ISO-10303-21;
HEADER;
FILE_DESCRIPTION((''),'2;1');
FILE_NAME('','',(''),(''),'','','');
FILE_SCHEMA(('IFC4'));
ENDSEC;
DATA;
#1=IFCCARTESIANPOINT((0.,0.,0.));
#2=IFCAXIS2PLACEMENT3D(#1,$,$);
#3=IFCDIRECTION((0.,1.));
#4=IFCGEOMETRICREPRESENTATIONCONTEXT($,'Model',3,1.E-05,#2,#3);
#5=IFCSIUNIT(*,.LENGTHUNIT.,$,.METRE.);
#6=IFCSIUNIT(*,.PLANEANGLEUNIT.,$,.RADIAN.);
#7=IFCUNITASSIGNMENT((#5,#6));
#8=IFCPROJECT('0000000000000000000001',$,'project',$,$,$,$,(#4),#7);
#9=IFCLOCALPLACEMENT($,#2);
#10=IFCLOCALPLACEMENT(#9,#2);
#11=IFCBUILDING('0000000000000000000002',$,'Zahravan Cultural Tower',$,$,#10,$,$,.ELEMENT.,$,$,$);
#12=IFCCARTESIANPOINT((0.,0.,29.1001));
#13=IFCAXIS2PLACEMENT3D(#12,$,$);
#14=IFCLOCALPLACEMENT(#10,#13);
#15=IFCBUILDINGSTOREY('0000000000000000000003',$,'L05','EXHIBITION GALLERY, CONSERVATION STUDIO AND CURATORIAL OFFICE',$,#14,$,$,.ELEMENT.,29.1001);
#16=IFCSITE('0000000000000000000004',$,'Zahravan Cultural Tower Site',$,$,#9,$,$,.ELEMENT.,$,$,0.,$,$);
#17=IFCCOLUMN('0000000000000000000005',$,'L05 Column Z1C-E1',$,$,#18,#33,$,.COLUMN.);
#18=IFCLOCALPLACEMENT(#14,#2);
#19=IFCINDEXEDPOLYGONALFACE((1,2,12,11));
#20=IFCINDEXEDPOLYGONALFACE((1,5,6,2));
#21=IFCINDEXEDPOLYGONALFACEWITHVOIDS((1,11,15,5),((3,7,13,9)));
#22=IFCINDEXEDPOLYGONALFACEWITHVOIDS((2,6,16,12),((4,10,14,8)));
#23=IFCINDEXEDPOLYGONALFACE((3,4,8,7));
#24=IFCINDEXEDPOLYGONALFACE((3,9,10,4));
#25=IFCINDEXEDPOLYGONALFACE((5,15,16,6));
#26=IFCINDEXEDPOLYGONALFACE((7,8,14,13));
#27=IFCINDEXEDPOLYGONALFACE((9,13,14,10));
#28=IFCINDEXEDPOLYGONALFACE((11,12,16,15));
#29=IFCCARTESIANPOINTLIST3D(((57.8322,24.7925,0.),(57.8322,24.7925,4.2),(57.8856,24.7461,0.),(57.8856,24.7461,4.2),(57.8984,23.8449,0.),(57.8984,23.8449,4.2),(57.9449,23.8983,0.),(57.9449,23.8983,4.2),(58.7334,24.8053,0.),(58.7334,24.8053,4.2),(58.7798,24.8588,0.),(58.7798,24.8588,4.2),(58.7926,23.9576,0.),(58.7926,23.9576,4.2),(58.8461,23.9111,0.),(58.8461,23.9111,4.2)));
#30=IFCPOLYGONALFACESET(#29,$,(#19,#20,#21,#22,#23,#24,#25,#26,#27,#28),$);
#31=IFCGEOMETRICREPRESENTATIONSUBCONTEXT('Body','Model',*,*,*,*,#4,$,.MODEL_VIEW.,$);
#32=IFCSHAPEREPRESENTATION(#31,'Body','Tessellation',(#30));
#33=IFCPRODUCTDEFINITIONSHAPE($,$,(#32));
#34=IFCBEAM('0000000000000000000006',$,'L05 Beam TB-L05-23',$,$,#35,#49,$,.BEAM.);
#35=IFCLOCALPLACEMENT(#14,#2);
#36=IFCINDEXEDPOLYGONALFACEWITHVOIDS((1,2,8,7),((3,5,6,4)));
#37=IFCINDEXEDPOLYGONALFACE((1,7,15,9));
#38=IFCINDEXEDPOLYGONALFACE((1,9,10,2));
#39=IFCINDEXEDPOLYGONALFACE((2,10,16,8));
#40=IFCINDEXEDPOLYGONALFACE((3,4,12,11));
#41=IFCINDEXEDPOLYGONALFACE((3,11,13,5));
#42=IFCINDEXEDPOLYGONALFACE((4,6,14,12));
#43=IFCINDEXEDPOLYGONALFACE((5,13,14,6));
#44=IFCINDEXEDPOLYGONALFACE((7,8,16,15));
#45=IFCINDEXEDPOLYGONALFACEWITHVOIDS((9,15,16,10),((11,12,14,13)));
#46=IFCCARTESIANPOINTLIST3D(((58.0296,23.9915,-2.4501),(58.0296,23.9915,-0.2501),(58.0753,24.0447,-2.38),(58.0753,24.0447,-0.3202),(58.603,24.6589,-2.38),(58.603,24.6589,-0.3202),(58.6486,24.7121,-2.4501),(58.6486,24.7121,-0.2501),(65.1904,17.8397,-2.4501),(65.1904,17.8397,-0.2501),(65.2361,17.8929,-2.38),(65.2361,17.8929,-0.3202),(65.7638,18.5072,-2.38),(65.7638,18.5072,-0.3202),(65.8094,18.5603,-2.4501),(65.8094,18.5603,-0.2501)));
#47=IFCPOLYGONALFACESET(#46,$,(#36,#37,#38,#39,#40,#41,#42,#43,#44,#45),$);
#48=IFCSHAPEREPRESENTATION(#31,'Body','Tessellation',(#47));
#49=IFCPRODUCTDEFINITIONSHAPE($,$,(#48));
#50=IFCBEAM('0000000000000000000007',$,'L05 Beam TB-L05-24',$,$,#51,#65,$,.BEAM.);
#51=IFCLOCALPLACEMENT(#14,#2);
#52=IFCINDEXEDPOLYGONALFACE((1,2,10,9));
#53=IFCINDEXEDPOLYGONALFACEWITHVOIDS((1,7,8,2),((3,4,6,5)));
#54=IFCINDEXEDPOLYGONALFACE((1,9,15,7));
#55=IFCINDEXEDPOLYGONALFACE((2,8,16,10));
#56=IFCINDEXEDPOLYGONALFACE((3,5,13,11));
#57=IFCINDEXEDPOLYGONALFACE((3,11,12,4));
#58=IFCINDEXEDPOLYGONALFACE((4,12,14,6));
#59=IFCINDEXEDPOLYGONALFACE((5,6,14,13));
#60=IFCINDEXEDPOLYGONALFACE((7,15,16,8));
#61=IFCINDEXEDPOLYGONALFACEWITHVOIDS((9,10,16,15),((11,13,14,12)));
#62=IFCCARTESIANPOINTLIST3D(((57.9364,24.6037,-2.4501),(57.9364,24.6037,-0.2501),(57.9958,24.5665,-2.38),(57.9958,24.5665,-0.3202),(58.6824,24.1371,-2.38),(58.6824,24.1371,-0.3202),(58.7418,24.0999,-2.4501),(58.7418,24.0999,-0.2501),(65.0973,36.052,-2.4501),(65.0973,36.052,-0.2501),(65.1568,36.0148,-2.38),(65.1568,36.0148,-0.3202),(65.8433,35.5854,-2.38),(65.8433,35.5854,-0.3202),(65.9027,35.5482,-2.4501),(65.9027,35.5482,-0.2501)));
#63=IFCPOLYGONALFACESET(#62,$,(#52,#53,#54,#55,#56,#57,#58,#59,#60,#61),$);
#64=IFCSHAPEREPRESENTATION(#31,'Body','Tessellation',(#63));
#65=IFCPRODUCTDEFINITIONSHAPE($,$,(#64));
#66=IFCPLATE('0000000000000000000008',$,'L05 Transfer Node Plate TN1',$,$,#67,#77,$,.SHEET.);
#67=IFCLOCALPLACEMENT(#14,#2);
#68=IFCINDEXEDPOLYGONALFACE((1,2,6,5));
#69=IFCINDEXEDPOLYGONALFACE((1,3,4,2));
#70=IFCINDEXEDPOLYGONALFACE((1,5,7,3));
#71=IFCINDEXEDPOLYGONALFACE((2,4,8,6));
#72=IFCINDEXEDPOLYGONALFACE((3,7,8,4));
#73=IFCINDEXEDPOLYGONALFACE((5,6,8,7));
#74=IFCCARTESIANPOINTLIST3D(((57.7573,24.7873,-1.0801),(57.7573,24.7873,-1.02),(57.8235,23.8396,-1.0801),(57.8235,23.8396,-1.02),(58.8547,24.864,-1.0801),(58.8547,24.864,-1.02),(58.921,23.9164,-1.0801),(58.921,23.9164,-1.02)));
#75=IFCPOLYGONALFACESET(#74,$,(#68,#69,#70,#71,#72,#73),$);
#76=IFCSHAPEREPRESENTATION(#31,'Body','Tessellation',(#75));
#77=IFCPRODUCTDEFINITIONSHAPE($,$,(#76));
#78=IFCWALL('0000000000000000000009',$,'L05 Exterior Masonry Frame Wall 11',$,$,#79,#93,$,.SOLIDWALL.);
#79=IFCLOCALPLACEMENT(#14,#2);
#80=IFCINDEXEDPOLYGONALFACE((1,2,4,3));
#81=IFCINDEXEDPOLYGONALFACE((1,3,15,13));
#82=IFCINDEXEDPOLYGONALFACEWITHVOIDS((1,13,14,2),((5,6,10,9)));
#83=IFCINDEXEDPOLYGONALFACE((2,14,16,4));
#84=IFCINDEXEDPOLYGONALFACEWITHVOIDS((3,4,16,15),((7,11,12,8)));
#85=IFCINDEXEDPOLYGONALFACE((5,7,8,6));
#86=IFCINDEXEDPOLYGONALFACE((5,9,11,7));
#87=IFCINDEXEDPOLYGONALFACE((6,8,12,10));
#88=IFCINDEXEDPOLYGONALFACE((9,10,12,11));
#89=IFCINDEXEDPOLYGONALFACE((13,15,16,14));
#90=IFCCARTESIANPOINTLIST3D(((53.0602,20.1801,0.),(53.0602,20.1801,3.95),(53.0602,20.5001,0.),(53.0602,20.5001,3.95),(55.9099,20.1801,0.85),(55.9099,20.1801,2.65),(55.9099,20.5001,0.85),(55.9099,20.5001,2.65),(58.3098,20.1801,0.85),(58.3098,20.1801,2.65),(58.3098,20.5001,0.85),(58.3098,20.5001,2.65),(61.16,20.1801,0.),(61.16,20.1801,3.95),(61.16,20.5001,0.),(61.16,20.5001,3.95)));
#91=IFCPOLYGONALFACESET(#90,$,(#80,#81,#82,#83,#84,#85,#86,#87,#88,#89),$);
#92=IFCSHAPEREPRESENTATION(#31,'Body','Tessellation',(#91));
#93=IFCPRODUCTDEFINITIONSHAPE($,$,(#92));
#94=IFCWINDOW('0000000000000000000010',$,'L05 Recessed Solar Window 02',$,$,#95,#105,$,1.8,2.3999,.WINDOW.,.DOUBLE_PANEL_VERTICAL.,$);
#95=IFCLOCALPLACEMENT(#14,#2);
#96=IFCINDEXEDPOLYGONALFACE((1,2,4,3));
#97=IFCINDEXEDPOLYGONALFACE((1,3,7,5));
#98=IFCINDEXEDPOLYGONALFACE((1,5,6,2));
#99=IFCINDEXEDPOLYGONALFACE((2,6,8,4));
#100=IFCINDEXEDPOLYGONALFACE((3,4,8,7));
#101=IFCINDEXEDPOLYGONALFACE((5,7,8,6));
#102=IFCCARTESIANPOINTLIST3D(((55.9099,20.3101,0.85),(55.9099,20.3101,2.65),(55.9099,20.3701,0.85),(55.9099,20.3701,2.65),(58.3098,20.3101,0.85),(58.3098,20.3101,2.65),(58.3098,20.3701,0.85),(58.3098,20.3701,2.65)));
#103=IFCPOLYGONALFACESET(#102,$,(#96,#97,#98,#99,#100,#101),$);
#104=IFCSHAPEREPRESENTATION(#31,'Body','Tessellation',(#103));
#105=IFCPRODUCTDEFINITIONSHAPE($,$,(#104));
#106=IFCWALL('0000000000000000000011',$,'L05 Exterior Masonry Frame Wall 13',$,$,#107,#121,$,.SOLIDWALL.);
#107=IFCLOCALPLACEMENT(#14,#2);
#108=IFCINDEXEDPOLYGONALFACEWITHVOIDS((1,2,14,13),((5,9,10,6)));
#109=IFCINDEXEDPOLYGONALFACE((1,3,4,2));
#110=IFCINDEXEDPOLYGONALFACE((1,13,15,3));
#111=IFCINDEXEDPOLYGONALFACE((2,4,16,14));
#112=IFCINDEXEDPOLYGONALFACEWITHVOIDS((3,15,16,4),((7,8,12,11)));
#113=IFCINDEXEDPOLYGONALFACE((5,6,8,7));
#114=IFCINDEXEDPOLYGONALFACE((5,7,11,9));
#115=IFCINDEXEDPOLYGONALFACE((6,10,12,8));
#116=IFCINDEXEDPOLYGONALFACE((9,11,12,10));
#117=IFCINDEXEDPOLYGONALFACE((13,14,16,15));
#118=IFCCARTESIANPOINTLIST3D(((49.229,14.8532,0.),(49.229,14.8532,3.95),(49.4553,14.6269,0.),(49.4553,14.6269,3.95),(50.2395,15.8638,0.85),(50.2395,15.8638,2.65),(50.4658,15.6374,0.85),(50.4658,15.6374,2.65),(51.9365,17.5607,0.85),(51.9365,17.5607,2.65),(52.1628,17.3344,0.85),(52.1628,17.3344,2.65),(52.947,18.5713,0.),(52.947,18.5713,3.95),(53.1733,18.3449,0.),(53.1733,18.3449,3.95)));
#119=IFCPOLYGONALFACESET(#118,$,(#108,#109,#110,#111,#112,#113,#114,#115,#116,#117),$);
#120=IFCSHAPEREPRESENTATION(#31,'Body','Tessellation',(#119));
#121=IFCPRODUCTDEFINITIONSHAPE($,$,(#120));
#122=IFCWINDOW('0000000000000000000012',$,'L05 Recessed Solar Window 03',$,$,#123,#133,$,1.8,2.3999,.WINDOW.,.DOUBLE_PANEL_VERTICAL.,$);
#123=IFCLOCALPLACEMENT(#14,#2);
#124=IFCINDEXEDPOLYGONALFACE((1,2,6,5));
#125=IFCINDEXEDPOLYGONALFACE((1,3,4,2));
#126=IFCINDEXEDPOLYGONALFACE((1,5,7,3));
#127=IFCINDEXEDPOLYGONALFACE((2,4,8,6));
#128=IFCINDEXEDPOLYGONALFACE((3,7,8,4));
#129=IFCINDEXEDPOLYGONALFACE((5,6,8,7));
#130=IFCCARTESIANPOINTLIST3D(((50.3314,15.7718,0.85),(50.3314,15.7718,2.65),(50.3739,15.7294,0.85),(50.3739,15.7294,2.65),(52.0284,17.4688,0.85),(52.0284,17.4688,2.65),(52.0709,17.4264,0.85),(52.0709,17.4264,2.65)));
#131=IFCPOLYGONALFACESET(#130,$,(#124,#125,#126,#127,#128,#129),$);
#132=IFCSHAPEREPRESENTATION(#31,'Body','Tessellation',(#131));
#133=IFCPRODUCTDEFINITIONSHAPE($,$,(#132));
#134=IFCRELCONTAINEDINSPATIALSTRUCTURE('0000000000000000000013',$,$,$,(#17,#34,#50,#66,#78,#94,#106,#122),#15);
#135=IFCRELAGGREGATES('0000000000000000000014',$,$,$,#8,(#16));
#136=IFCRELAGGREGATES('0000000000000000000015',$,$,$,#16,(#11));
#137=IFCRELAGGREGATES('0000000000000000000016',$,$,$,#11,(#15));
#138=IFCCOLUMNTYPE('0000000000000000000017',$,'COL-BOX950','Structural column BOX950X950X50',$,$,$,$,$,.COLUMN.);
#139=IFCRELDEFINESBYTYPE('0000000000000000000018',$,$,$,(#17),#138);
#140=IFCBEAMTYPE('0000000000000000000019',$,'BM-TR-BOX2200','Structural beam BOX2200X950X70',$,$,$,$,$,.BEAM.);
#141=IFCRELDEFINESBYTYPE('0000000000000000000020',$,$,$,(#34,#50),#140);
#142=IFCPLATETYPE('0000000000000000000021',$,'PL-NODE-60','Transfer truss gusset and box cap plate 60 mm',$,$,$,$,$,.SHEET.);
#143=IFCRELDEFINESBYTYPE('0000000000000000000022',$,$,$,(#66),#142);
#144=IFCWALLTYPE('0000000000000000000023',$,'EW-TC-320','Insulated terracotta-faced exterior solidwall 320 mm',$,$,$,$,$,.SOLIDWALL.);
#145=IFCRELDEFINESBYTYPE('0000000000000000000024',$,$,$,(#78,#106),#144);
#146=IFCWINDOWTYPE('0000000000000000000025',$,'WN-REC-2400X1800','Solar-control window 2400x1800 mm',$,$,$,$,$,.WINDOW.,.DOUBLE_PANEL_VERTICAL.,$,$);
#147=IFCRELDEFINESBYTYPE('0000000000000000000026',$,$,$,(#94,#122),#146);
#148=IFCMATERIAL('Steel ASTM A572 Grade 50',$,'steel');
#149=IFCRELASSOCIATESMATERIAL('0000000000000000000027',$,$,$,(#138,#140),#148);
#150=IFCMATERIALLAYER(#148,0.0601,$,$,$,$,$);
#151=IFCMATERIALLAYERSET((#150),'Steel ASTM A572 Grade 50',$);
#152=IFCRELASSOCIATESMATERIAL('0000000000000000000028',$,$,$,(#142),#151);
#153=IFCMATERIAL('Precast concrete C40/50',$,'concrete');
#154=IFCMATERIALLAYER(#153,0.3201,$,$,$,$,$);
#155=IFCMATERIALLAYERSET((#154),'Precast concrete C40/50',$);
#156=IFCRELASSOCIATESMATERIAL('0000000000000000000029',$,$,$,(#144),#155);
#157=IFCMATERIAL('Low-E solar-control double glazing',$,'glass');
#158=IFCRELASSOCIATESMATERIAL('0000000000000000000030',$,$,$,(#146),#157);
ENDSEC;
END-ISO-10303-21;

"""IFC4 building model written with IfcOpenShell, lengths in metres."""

from ifc_helpers import new_model, si_unit, direction, frame, frame_2d, origin, origin_2d, place, context, subcontext, project, spatial, rectangle, hollow_rectangle, extrude, source, transform, mapped, material, layer, layer_set, material_profile, profile_set, type_object, element, fill, save


model = new_model("IFC4")

# Units and contexts
model_context = context("Model", 3, precision=1e-05, world=origin(), true_north=direction((0.0, 1.0)))
body_context = subcontext(model_context, "Body", "Model", "MODEL_VIEW")
ifc_project = project(units=[si_unit("LENGTHUNIT", "METRE"), si_unit("PLANEANGLEUNIT", "RADIAN")], contexts=[model_context])

# Site, building, storey
site_placement = place(None, origin())
site = spatial("IfcSite", under=ifc_project, at=site_placement, Name="Zahravan Cultural Tower Site", CompositionType="ELEMENT", RefElevation=0.0)
building_placement = place(site_placement, origin())
building = spatial("IfcBuilding", under=site, at=building_placement, Name="Zahravan Cultural Tower", CompositionType="ELEMENT")
storey_placement = place(building_placement, frame((0.0, 0.0, 29.1001)))
storey = spatial("IfcBuildingStorey", under=building, at=storey_placement, Name="L05", Description="EXHIBITION GALLERY, CONSERVATION STUDIO AND CURATORIAL OFFICE", CompositionType="ELEMENT", Elevation=29.1001)

# Column
ifc_material_1 = material(Name="Steel ASTM A572 Grade 50", Category="steel")
ifc_material_profile_1 = material_profile(ifc_material_1, hollow_rectangle(XDim=0.95, YDim=0.95, WallThickness=0.05, at=origin_2d()), Name="BOX950X950X50")
ifc_profile_set_1 = profile_set([ifc_material_profile_1], Name="Steel ASTM A572 Grade 50")
column_type = type_object("IfcColumnType", Name="COL-BOX950", Description="Structural column BOX950X950X50", PredefinedType="COLUMN", material=ifc_profile_set_1)
shared_shape_1 = source(origin(), body_context, "Body", "SweptSolid", [
    extrude(hollow_rectangle(XDim=0.95, YDim=0.95, WallThickness=0.05, at=origin_2d()), origin(), (0.0, 0.0, 1.0), 4.2),
])
column_placement = place(storey_placement, frame((58.3391, 24.3518, 0.0), z_axis=(0.0, 0.0, 1.0), x_axis=(0.997564, 0.069756, 0.0)))
element("IfcColumn", 1, at=column_placement, inside=storey, type_object=column_type, Name="L05 Column Z1C-E1", PredefinedType="COLUMN", context=body_context, shape_type="MappedRepresentation", body=[
    mapped(shared_shape_1, transform((0.0, 0.0, 0.0), x_axis=(1.0, 0.0, 0.0), y_axis=(0.0, 1.0, 0.0), z_axis=(0.0, 0.0, 1.0), scale=1.0)),
])

# Beams
ifc_material_profile_2 = material_profile(ifc_material_1, hollow_rectangle(XDim=0.95, YDim=2.2, WallThickness=0.0701, at=origin_2d()), Name="BOX2200X950X70")
ifc_profile_set_2 = profile_set([ifc_material_profile_2], Name="Steel ASTM A572 Grade 50")
beam_type = type_object("IfcBeamType", Name="BM-TR-BOX2200", Description="Structural beam BOX2200X950X70", PredefinedType="BEAM", material=ifc_profile_set_2)
shared_shape_2 = source(origin(), body_context, "Body", "SweptSolid", [
    extrude(hollow_rectangle(XDim=0.95, YDim=2.2, WallThickness=0.0701, at=origin_2d()), origin(), (0.0, 0.0, 1.0), 9.4404),
])
beam_1_placement = place(storey_placement, frame((58.3391, 24.3518, -1.3501), z_axis=(0.758526, -0.651643, 0.0), x_axis=(0.651643, 0.758526, 0.0)))
element("IfcBeam", 2, at=beam_1_placement, inside=storey, type_object=beam_type, Name="L05 Beam TB-L05-23", PredefinedType="BEAM", context=body_context, shape_type="MappedRepresentation", body=[
    mapped(shared_shape_2, transform((0.0, 0.0, 0.0), x_axis=(1.0, 0.0, 0.0), y_axis=(0.0, 1.0, 0.0), z_axis=(0.0, 0.0, 1.0), scale=1.0)),
])
shared_shape_3 = source(origin(), body_context, "Body", "SweptSolid", [
    extrude(hollow_rectangle(XDim=0.95, YDim=2.2, WallThickness=0.0701, at=origin_2d()), origin(), (0.0, 0.0, 1.0), 13.5034),
])
beam_2_placement = place(storey_placement, frame((58.3391, 24.3518, -1.3501), z_axis=(0.530304, 0.847807, 0.0), x_axis=(-0.847807, 0.530304, 0.0)))
element("IfcBeam", 3, at=beam_2_placement, inside=storey, type_object=beam_type, Name="L05 Beam TB-L05-24", PredefinedType="BEAM", context=body_context, shape_type="MappedRepresentation", body=[
    mapped(shared_shape_3, transform((0.0, 0.0, 0.0), x_axis=(1.0, 0.0, 0.0), y_axis=(0.0, 1.0, 0.0), z_axis=(0.0, 0.0, 1.0), scale=1.0)),
])

# Plate
ifc_layer_1 = layer(ifc_material_1, 0.0601)
ifc_layer_set_1 = layer_set([ifc_layer_1], Name="Steel ASTM A572 Grade 50")
plate_type = type_object("IfcPlateType", Name="PL-NODE-60", Description="Transfer truss gusset and box cap plate 60 mm", PredefinedType="SHEET", material=ifc_layer_set_1)
shared_shape_4 = source(origin(), body_context, "Body", "SweptSolid", [
    extrude(rectangle(XDim=1.1001, YDim=0.95, at=origin_2d()), origin(), (0.0, 0.0, 1.0), 0.0601),
])
plate_placement = place(storey_placement, frame((58.3391, 24.3518, -1.0801), z_axis=(0.0, 0.0, 1.0), x_axis=(0.997564, 0.069756, 0.0)))
element("IfcPlate", 4, at=plate_placement, inside=storey, type_object=plate_type, Name="L05 Transfer Node Plate TN1", PredefinedType="SHEET", context=body_context, shape_type="MappedRepresentation", body=[
    mapped(shared_shape_4, transform((0.0, 0.0, 0.0), x_axis=(1.0, 0.0, 0.0), y_axis=(0.0, 1.0, 0.0), z_axis=(0.0, 0.0, 1.0), scale=1.0)),
])

# Walls, openings, windows
ifc_material_2 = material(Name="Precast concrete C40/50", Category="concrete")
ifc_layer_2 = layer(ifc_material_2, 0.3201)
ifc_layer_set_2 = layer_set([ifc_layer_2], Name="Precast concrete C40/50")
wall_type_1 = type_object("IfcWallType", Name="EW-TC-320", Description="Insulated terracotta-faced exterior solidwall 320 mm", PredefinedType="SOLIDWALL", material=ifc_layer_set_2)
wall_1_placement = place(storey_placement, frame((61.1599, 20.3401, 0.0), z_axis=(0.0, 0.0, 1.0), x_axis=(-1.0, 0.0, 0.0)))
wall_1 = element("IfcWall", 5, at=wall_1_placement, inside=storey, type_object=wall_type_1, Name="L05 Exterior Masonry Frame Wall 11", PredefinedType="SOLIDWALL", context=body_context, shape_type="SweptSolid", body=[
    extrude(rectangle(XDim=8.0999, YDim=0.3201, at=frame_2d((4.0498, 0.0))), origin(), (0.0, 0.0, 1.0), 3.95),
])
opening_1_placement = place(wall_1_placement, frame((2.8501, 0.0, 0.8501)))
opening_1 = element("IfcOpeningElement", 6, at=opening_1_placement, cuts=wall_1, PredefinedType="OPENING", context=body_context, shape_type="SweptSolid", body=[
    extrude(rectangle(XDim=2.3999, YDim=1.8, at=frame_2d((1.2, 0.8999))), frame((0.0, 0.1699, 0.0), z_axis=(0.0, -1.0, 0.0), x_axis=(1.0, 0.0, 0.0)), (0.0, 0.0, 1.0), 0.3401),
])
ifc_material_3 = material(Name="Low-E solar-control double glazing", Category="glass")
window_type = type_object("IfcWindowType", Name="WN-REC-2400X1800", Description="Solar-control window 2400x1800 mm", PartitioningType="DOUBLE_PANEL_VERTICAL", PredefinedType="WINDOW", material=ifc_material_3)
shared_shape_5 = source(origin(), body_context, "Body", "SweptSolid", [
    extrude(rectangle(XDim=2.3999, YDim=1.8, at=frame_2d((1.2, 0.8999))), frame((0.0, 0.03, 0.0), z_axis=(0.0, -1.0, 0.0), x_axis=(1.0, 0.0, 0.0)), (0.0, 0.0, 1.0), 0.0601),
])
window_1_placement = place(opening_1_placement, origin())
window_1 = element("IfcWindow", 7, at=window_1_placement, inside=storey, type_object=window_type, Name="L05 Recessed Solar Window 02", OverallHeight=1.8, OverallWidth=2.3999, PartitioningType="DOUBLE_PANEL_VERTICAL", PredefinedType="WINDOW", context=body_context, shape_type="MappedRepresentation", body=[
    mapped(shared_shape_5, transform((0.0, 0.0, 0.0), x_axis=(1.0, 0.0, 0.0), y_axis=(0.0, 1.0, 0.0), z_axis=(0.0, 0.0, 1.0), scale=1.0)),
])
fill(opening_1, window_1)
wall_2_placement = place(storey_placement, frame((53.0601, 18.458, 0.0), z_axis=(0.0, 0.0, 1.0), x_axis=(-0.707107, -0.707107, 0.0)))
wall_2 = element("IfcWall", 8, at=wall_2_placement, inside=storey, type_object=wall_type_1, Name="L05 Exterior Masonry Frame Wall 13", PredefinedType="SOLIDWALL", context=body_context, shape_type="SweptSolid", body=[
    extrude(rectangle(XDim=5.2581, YDim=0.3201, at=frame_2d((2.6289, 0.0))), origin(), (0.0, 0.0, 1.0), 3.95),
])
opening_2_placement = place(wall_2_placement, frame((1.429, 0.0, 0.8501)))
opening_2 = element("IfcOpeningElement", 9, at=opening_2_placement, cuts=wall_2, PredefinedType="OPENING", context=body_context, shape_type="SweptSolid", body=[
    extrude(rectangle(XDim=2.3999, YDim=1.8, at=frame_2d((1.2, 0.8999))), frame((0.0, 0.1699, 0.0), z_axis=(0.0, -1.0, 0.0), x_axis=(1.0, 0.0, 0.0)), (0.0, 0.0, 1.0), 0.3401),
])
window_2_placement = place(opening_2_placement, origin())
window_2 = element("IfcWindow", 10, at=window_2_placement, inside=storey, type_object=window_type, Name="L05 Recessed Solar Window 03", OverallHeight=1.8, OverallWidth=2.3999, PartitioningType="DOUBLE_PANEL_VERTICAL", PredefinedType="WINDOW", context=body_context, shape_type="MappedRepresentation", body=[
    mapped(shared_shape_5, transform((0.0, 0.0, 0.0), x_axis=(1.0, 0.0, 0.0), y_axis=(0.0, 1.0, 0.0), z_axis=(0.0, 0.0, 1.0), scale=1.0)),
])
fill(opening_2, window_2)

save(model, "model.ifc")
